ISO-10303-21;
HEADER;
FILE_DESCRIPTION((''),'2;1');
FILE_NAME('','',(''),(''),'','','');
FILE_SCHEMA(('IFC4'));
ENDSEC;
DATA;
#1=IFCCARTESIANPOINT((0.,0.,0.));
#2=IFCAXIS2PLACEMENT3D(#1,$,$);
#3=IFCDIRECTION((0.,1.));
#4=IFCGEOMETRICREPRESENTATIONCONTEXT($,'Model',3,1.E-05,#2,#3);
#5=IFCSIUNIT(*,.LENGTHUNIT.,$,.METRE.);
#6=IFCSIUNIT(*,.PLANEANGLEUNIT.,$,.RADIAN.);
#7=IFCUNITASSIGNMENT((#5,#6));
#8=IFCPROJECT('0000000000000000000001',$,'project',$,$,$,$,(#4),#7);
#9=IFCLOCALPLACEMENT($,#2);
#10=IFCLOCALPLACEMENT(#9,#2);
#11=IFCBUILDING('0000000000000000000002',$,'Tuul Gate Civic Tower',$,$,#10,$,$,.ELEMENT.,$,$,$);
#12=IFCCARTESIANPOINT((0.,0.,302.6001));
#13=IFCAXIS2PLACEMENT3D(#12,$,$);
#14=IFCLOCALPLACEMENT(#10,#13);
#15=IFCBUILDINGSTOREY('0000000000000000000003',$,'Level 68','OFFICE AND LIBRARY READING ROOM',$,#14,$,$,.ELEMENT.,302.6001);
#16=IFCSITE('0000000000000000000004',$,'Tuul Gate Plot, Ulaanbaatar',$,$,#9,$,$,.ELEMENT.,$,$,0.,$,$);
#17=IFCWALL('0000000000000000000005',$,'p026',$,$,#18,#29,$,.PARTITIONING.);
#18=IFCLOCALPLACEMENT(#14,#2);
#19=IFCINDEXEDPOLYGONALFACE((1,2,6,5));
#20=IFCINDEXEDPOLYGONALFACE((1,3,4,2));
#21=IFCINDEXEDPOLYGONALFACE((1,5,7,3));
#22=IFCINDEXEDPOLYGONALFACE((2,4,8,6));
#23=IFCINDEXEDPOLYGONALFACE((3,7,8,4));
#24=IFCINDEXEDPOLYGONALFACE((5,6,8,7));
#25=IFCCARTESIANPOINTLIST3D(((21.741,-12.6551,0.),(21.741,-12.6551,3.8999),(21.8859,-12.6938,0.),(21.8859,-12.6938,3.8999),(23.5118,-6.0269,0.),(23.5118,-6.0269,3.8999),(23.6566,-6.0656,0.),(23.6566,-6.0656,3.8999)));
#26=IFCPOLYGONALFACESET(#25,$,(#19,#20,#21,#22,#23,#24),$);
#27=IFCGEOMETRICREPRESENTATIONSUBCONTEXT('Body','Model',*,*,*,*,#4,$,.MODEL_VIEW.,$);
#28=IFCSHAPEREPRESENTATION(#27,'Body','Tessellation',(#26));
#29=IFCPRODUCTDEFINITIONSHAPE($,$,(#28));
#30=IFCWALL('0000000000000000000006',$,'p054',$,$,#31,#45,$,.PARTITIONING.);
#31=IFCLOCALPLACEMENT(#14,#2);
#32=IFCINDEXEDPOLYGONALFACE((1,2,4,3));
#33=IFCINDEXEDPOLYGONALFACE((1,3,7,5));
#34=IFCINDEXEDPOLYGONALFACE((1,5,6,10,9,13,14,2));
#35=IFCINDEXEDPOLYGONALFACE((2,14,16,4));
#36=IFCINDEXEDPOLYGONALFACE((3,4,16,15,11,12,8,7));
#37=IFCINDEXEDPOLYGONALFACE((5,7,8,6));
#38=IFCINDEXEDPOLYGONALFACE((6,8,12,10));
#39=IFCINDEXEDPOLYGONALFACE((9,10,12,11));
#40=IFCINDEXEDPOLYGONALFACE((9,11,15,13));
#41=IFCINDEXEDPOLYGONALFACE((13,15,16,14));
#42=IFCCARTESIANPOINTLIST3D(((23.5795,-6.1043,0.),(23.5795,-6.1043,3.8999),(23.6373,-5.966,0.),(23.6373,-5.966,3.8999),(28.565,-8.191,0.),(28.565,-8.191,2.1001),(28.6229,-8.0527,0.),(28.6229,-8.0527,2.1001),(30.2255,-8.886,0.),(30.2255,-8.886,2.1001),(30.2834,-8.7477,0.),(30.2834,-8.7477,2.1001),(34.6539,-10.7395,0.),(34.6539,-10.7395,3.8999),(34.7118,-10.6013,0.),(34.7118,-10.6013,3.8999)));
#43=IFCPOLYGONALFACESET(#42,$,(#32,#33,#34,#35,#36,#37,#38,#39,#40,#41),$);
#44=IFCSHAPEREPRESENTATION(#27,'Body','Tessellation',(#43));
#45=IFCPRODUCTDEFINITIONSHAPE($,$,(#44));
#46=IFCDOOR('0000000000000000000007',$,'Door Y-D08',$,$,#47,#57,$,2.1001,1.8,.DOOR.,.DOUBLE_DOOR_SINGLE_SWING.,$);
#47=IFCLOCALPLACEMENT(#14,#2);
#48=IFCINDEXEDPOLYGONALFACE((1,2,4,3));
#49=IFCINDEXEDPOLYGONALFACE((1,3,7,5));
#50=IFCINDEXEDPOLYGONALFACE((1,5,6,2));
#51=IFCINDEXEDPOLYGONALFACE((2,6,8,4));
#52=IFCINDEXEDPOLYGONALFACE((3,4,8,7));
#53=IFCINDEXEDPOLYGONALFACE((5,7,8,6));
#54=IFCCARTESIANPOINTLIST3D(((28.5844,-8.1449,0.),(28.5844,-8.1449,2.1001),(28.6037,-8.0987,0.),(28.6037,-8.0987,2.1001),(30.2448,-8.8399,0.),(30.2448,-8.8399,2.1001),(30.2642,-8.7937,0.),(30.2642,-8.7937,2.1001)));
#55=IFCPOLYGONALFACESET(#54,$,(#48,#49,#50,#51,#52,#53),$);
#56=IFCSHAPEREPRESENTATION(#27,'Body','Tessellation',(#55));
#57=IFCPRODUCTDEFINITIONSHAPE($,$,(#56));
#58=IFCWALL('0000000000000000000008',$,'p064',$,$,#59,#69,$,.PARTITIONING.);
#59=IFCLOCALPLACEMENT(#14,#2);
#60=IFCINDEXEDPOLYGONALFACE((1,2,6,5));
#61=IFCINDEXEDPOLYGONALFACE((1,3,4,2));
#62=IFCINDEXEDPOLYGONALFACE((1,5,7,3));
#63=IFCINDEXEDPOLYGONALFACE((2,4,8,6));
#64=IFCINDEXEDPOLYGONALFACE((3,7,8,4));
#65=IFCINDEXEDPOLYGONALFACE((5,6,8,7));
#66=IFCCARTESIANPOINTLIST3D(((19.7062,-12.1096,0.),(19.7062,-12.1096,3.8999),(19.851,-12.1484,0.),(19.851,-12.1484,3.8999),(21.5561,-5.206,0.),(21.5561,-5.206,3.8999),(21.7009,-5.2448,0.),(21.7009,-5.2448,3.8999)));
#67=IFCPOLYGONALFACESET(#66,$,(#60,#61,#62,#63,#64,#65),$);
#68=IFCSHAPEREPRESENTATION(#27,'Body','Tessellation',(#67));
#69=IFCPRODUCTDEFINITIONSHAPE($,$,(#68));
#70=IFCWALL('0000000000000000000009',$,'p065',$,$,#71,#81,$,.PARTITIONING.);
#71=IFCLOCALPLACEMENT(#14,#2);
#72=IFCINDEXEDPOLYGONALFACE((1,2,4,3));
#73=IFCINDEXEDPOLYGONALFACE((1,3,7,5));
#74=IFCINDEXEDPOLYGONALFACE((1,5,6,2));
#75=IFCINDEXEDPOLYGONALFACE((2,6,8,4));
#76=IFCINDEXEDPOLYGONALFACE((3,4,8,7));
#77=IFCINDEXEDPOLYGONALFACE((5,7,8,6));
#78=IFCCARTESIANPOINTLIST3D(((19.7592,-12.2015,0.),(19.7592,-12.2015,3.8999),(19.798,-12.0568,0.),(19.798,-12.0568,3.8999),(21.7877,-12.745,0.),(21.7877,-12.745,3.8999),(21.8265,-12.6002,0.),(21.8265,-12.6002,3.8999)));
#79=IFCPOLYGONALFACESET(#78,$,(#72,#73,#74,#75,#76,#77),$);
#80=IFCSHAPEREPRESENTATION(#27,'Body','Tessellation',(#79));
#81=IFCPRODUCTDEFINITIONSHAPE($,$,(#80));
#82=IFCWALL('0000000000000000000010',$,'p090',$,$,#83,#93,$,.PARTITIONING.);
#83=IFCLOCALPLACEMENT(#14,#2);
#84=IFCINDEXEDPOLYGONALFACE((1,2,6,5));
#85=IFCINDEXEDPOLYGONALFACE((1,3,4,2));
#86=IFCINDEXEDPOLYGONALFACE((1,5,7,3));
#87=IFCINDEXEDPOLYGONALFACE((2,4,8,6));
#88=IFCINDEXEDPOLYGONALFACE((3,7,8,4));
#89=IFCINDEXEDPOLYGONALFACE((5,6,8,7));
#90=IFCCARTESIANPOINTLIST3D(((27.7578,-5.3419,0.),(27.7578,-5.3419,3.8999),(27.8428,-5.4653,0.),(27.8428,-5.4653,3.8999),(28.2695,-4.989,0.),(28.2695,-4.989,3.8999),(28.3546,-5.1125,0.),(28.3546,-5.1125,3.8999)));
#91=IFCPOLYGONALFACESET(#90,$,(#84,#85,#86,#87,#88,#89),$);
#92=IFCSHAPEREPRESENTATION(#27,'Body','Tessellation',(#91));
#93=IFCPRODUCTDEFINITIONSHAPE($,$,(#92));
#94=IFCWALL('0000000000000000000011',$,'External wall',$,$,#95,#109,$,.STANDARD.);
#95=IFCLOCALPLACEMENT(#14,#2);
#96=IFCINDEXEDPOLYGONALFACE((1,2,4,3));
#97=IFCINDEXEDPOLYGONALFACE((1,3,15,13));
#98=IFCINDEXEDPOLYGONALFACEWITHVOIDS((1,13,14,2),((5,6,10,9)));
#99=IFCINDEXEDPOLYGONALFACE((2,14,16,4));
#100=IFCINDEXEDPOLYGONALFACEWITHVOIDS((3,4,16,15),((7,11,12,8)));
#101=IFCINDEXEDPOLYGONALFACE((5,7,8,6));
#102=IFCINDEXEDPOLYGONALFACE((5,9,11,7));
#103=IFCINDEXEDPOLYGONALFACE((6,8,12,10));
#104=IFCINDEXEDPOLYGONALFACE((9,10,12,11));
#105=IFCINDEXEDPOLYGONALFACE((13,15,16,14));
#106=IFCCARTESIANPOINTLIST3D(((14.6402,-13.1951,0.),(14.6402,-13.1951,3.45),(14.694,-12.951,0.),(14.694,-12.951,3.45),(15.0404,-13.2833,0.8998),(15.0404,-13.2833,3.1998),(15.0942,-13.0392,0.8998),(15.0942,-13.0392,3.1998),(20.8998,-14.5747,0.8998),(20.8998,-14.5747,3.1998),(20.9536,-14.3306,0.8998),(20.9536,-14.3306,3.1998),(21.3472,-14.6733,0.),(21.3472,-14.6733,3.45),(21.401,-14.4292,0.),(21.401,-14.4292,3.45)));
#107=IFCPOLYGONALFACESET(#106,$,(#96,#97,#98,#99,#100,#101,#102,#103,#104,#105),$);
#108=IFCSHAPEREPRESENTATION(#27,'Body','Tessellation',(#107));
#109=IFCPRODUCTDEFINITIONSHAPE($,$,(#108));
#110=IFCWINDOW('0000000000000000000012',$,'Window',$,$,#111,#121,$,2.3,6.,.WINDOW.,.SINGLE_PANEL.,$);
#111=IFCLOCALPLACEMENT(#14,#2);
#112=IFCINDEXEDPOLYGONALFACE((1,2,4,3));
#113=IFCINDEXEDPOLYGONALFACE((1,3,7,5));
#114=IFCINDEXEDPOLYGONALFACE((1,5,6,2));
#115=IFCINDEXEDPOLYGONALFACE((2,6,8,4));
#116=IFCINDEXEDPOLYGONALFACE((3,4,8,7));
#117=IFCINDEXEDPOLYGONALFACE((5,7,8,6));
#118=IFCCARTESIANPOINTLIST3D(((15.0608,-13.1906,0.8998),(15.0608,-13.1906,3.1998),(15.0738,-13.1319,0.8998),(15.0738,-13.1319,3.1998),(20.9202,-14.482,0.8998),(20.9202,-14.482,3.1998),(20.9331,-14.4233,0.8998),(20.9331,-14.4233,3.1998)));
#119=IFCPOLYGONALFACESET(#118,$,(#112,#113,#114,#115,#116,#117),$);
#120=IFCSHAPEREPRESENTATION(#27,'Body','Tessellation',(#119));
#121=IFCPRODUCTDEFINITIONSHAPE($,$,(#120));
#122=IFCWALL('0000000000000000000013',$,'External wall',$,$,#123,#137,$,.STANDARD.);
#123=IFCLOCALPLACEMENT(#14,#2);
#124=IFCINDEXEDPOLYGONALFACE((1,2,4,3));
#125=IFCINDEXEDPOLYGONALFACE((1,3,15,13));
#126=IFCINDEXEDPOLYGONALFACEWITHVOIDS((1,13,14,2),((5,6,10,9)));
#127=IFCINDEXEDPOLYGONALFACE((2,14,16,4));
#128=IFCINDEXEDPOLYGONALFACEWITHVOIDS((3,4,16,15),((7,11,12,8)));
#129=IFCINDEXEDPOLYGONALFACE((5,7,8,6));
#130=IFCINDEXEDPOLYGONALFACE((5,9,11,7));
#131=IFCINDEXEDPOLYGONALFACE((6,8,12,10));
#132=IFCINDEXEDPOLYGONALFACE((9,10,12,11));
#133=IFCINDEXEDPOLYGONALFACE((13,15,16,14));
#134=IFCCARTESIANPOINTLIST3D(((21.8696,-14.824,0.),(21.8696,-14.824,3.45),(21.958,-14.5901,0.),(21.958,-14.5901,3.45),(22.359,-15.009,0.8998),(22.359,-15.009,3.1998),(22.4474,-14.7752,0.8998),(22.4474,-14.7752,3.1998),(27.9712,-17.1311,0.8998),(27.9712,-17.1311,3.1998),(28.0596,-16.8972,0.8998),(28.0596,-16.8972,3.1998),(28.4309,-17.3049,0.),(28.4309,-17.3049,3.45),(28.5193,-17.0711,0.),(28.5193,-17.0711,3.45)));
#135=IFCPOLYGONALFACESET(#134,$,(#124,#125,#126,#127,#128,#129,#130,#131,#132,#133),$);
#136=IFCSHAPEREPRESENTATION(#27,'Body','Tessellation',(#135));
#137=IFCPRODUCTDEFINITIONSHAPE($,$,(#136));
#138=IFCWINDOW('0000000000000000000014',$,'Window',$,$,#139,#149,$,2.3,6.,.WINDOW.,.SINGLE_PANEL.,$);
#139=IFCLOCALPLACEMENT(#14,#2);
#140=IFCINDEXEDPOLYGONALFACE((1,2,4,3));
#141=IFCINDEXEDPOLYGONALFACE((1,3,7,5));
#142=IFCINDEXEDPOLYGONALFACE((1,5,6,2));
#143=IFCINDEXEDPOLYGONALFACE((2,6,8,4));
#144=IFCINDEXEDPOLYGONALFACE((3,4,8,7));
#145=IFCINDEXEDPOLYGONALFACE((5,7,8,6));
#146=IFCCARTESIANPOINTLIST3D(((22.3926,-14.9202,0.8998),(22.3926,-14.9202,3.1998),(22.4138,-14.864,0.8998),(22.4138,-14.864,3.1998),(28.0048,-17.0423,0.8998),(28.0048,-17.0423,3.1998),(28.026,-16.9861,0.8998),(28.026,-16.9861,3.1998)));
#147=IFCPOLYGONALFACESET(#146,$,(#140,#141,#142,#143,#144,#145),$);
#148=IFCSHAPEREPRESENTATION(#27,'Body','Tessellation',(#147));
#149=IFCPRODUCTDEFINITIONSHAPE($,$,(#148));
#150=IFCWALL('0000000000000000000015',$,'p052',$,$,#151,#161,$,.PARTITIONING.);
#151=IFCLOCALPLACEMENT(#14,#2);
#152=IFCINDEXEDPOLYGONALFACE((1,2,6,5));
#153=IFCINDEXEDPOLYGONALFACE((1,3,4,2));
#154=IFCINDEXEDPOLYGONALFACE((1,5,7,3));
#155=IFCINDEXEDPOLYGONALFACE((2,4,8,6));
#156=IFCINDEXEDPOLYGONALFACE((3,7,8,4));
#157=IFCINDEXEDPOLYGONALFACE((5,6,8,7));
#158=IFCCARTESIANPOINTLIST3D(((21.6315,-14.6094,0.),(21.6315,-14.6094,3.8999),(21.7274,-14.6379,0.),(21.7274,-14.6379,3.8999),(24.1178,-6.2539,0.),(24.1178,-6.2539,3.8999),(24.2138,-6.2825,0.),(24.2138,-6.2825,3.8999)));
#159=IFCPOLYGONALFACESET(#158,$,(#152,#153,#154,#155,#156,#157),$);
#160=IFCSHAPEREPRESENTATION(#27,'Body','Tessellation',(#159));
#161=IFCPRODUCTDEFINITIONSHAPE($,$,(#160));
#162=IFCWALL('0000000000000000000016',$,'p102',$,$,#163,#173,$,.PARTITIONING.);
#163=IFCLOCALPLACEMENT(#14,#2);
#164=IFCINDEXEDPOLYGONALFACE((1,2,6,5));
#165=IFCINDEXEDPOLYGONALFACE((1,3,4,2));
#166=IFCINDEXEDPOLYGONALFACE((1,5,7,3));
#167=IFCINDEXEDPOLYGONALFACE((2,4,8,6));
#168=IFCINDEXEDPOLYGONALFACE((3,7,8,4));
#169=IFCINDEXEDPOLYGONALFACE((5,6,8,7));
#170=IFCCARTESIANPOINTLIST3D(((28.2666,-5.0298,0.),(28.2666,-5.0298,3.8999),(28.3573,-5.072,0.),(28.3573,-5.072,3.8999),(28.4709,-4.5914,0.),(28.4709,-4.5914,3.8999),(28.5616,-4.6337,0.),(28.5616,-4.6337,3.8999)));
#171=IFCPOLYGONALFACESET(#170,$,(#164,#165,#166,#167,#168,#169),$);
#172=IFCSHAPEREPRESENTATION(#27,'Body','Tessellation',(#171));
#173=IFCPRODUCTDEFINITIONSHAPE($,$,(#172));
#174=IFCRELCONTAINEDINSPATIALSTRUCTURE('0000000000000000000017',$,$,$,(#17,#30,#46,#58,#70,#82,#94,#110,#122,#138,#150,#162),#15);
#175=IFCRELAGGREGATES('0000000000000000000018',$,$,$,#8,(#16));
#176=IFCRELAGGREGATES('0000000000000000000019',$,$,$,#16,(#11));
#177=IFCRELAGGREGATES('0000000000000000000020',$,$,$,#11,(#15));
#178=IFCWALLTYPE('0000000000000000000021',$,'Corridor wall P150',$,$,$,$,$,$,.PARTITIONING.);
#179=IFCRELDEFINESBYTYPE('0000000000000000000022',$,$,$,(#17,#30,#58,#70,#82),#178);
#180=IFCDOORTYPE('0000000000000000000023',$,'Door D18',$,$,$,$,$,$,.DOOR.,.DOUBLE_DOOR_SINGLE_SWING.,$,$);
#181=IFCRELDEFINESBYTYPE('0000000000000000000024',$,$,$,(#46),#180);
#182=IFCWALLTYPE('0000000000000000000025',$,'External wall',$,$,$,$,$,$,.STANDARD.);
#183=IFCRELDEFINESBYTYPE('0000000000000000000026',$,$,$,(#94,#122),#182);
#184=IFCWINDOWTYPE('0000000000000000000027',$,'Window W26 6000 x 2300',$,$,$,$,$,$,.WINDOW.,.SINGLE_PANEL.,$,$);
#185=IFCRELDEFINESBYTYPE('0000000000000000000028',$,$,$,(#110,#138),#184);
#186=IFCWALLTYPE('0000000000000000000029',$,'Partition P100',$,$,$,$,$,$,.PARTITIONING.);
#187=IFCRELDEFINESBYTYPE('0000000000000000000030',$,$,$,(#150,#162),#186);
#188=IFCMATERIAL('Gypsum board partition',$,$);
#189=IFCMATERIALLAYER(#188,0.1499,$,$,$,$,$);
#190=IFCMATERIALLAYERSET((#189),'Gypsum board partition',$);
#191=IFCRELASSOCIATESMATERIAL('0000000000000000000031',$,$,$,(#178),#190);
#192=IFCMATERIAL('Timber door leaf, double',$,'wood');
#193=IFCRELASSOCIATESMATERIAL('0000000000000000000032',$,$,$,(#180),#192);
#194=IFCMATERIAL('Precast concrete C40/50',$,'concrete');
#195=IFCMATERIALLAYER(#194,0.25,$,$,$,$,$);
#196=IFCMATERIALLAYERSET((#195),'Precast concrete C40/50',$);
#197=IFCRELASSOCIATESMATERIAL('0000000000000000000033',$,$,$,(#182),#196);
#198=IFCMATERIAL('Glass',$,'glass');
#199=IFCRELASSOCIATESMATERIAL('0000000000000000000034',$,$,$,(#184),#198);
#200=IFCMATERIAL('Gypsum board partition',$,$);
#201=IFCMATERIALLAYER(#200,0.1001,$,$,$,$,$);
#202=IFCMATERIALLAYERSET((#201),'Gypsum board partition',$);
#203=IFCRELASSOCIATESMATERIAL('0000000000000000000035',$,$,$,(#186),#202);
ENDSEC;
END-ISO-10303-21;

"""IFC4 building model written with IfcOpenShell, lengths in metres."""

from ifc_helpers import new_model, si_unit, direction, frame, frame_2d, origin, place, context, subcontext, project, spatial, rectangle, extrude, material, layer, layer_set, type_object, element, fill, save


model = new_model("IFC4")

# Units and contexts
model_context = context("Model", 3, precision=1e-05, world=origin(), true_north=direction((0.0, 1.0)))
body_context = subcontext(model_context, "Body", "Model", "MODEL_VIEW")
ifc_project = project(units=[si_unit("LENGTHUNIT", "METRE"), si_unit("PLANEANGLEUNIT", "RADIAN")], contexts=[model_context])

# Site, building, storey
site_placement = place(None, origin())
site = spatial("IfcSite", under=ifc_project, at=site_placement, Name="Tuul Gate Plot, Ulaanbaatar", CompositionType="ELEMENT", RefElevation=0.0)
building_placement = place(site_placement, origin())
building = spatial("IfcBuilding", under=site, at=building_placement, Name="Tuul Gate Civic Tower", CompositionType="ELEMENT")
storey_placement = place(building_placement, frame((0.0, 0.0, 302.6001)))
storey = spatial("IfcBuildingStorey", under=building, at=storey_placement, Name="Level 68", Description="OFFICE AND LIBRARY READING ROOM", CompositionType="ELEMENT", Elevation=302.6001)

# Shared definitions
ifc_material_1 = material(Name="Gypsum board partition")
ifc_layer_1 = layer(ifc_material_1, 0.1499)
ifc_layer_set_1 = layer_set([ifc_layer_1], Name="Gypsum board partition")
wall_type_1 = type_object("IfcWallType", Name="Corridor wall P150", PredefinedType="PARTITIONING", material=ifc_layer_set_1)

# Wall
wall_1_placement = place(storey_placement, frame((21.8135, -12.6743, 0.0), z_axis=(0.0, 0.0, 1.0), x_axis=(0.258103, 0.966117, 0.0)))
element("IfcWall", 1, at=wall_1_placement, inside=storey, type_object=wall_type_1, Name="p026", PredefinedType="PARTITIONING", context=body_context, shape_type="SweptSolid", body=[
    extrude(rectangle(XDim=6.8606, YDim=0.1499, at=frame_2d((3.4302, 0.0))), origin(), (0.0, 0.0, 1.0), 3.8999),
])

# Wall, opening, door
wall_2_placement = place(storey_placement, frame((23.6084, -6.0352, 0.0), z_axis=(0.0, 0.0, 1.0), x_axis=(0.922458, -0.386098, 0.0)))
wall_2 = element("IfcWall", 2, at=wall_2_placement, inside=storey, type_object=wall_type_1, Name="p054", PredefinedType="PARTITIONING", context=body_context, shape_type="SweptSolid", body=[
    extrude(rectangle(XDim=12.0054, YDim=0.1499, at=frame_2d((6.0027, 0.0))), origin(), (0.0, 0.0, 1.0), 3.8999),
])
opening_1_placement = place(wall_2_placement, frame((5.4048, 0.0, 0.0)))
opening_1 = element("IfcOpeningElement", 3, at=opening_1_placement, cuts=wall_2, PredefinedType="OPENING", context=body_context, shape_type="SweptSolid", body=[
    extrude(rectangle(XDim=1.8, YDim=2.1001, at=frame_2d((0.8999, 1.05))), frame((0.0, 0.085, 0.0), z_axis=(0.0, -1.0, 0.0), x_axis=(1.0, 0.0, 0.0)), (0.0, 0.0, 1.0), 0.1699),
])
ifc_material_2 = material(Name="Timber door leaf, double", Category="wood")
door_type_1 = type_object("IfcDoorType", Name="Door D18", OperationType="DOUBLE_DOOR_SINGLE_SWING", PredefinedType="DOOR", material=ifc_material_2)
door_1_placement = place(opening_1_placement, frame((1.8, 0.0, 0.0), z_axis=(0.0, 0.0, 1.0), x_axis=(-1.0, 0.0, 0.0)))
door_1 = element("IfcDoor", 4, at=door_1_placement, inside=storey, type_object=door_type_1, Name="Door Y-D08", OperationType="DOUBLE_DOOR_SINGLE_SWING", OverallHeight=2.1001, OverallWidth=1.8, PredefinedType="DOOR", context=body_context, shape_type="SweptSolid", body=[
    extrude(rectangle(XDim=1.8, YDim=2.1001, at=frame_2d((0.9001, 1.05))), frame((0.0, 0.0249, 0.0), z_axis=(0.0, -1.0, 0.0), x_axis=(1.0, 0.0, 0.0)), (0.0, 0.0, 1.0), 0.05),
])
fill(opening_1, door_1)

# Walls
wall_3_placement = place(storey_placement, frame((19.7786, -12.1292, 0.0), z_axis=(0.0, 0.0, 1.0), x_axis=(0.258825, 0.965924, 0.0)))
element("IfcWall", 5, at=wall_3_placement, inside=storey, type_object=wall_type_1, Name="p064", PredefinedType="PARTITIONING", context=body_context, shape_type="SweptSolid", body=[
    extrude(rectangle(XDim=7.1472, YDim=0.1499, at=frame_2d((3.5737, 0.0))), origin(), (0.0, 0.0, 1.0), 3.8999),
])
wall_4_placement = place(storey_placement, frame((19.7786, -12.1292, 0.0), z_axis=(0.0, 0.0, 1.0), x_axis=(0.965937, -0.258777, 0.0)))
element("IfcWall", 6, at=wall_4_placement, inside=storey, type_object=wall_type_1, Name="p065", PredefinedType="PARTITIONING", context=body_context, shape_type="SweptSolid", body=[
    extrude(rectangle(XDim=2.1001, YDim=0.1499, at=frame_2d((1.05, 0.0))), origin(), (0.0, 0.0, 1.0), 3.8999),
])
wall_5_placement = place(storey_placement, frame((27.8003, -5.4036, 0.0), z_axis=(0.0, 0.0, 1.0), x_axis=(0.823308, 0.567595, 0.0)))
element("IfcWall", 7, at=wall_5_placement, inside=storey, type_object=wall_type_1, Name="p090", PredefinedType="PARTITIONING", context=body_context, shape_type="SweptSolid", body=[
    extrude(rectangle(XDim=0.6216, YDim=0.1499, at=frame_2d((0.3108, 0.0))), origin(), (0.0, 0.0, 1.0), 3.8999),
])

# Walls, openings, windows
ifc_material_3 = material(Name="Precast concrete C40/50", Category="concrete")
ifc_layer_2 = layer(ifc_material_3, 0.25)
ifc_layer_set_2 = layer_set([ifc_layer_2], Name="Precast concrete C40/50")
wall_type_2 = type_object("IfcWallType", Name="External wall", PredefinedType="STANDARD", material=ifc_layer_set_2)
wall_6_placement = place(storey_placement, frame((14.667, -13.073, 0.0), z_axis=(0.0, 0.0, 1.0), x_axis=(0.976561, -0.21524, 0.0)))
wall_6 = element("IfcWall", 8, at=wall_6_placement, inside=storey, type_object=wall_type_2, Name="External wall", PredefinedType="STANDARD", context=body_context, shape_type="SweptSolid", body=[
    extrude(rectangle(XDim=6.8679, YDim=0.25, at=frame_2d((3.4341, 0.0))), origin(), (0.0, 0.0, 1.0), 3.45),
])
opening_2_placement = place(wall_6_placement, frame((0.4099, 0.0, 0.8999)))
opening_2 = element("IfcOpeningElement", 9, at=opening_2_placement, cuts=wall_6, PredefinedType="OPENING", context=body_context, shape_type="SweptSolid", body=[
    extrude(rectangle(XDim=6.0, YDim=2.3, at=frame_2d((3.0, 1.1499))), frame((0.0, 0.135, 0.0), z_axis=(0.0, -1.0, 0.0), x_axis=(1.0, 0.0, 0.0)), (0.0, 0.0, 1.0), 0.27),
])
ifc_material_4 = material(Name="Glass", Category="glass")
window_type = type_object("IfcWindowType", Name="Window W26 6000 x 2300", PartitioningType="SINGLE_PANEL", PredefinedType="WINDOW", material=ifc_material_4)
window_1_placement = place(opening_2_placement, origin())
window_1 = element("IfcWindow", 10, at=window_1_placement, inside=storey, type_object=window_type, Name="Window", OverallHeight=2.3, OverallWidth=6.0, PartitioningType="SINGLE_PANEL", PredefinedType="WINDOW", context=body_context, shape_type="SweptSolid", body=[
    extrude(rectangle(XDim=6.0, YDim=2.3, at=frame_2d((3.0, 1.1499))), frame((0.0, 0.03, 0.0), z_axis=(0.0, -1.0, 0.0), x_axis=(1.0, 0.0, 0.0)), (0.0, 0.0, 1.0), 0.0601),
])
fill(opening_2, window_1)
wall_7_placement = place(storey_placement, frame((21.9138, -14.707, 0.0), z_axis=(0.0, 0.0, 1.0), x_axis=(0.935366, -0.353681, 0.0)))
wall_7 = element("IfcWall", 11, at=wall_7_placement, inside=storey, type_object=wall_type_2, Name="External wall", PredefinedType="STANDARD", context=body_context, shape_type="SweptSolid", body=[
    extrude(rectangle(XDim=7.0146, YDim=0.25, at=frame_2d((3.5073, 0.0))), origin(), (0.0, 0.0, 1.0), 3.45),
])
opening_3_placement = place(wall_7_placement, frame((0.5232, 0.0, 0.8999)))
opening_3 = element("IfcOpeningElement", 12, at=opening_3_placement, cuts=wall_7, PredefinedType="OPENING", context=body_context, shape_type="SweptSolid", body=[
    extrude(rectangle(XDim=6.0, YDim=2.3, at=frame_2d((3.0, 1.1499))), frame((0.0, 0.135, 0.0), z_axis=(0.0, -1.0, 0.0), x_axis=(1.0, 0.0, 0.0)), (0.0, 0.0, 1.0), 0.27),
])
window_2_placement = place(opening_3_placement, origin())
window_2 = element("IfcWindow", 13, at=window_2_placement, inside=storey, type_object=window_type, Name="Window", OverallHeight=2.3, OverallWidth=6.0, PartitioningType="SINGLE_PANEL", PredefinedType="WINDOW", context=body_context, shape_type="SweptSolid", body=[
    extrude(rectangle(XDim=6.0, YDim=2.3, at=frame_2d((3.0, 1.1499))), frame((0.0, 0.03, 0.0), z_axis=(0.0, -1.0, 0.0), x_axis=(1.0, 0.0, 0.0)), (0.0, 0.0, 1.0), 0.0601),
])
fill(opening_3, window_2)

# Walls
ifc_material_5 = material(Name="Gypsum board partition")
ifc_layer_3 = layer(ifc_material_5, 0.1001)
ifc_layer_set_3 = layer_set([ifc_layer_3], Name="Gypsum board partition")
wall_type_3 = type_object("IfcWallType", Name="Partition P100", PredefinedType="PARTITIONING", material=ifc_layer_set_3)
wall_8_placement = place(storey_placement, frame((21.6794, -14.6238, 0.0), z_axis=(0.0, 0.0, 1.0), x_axis=(0.285209, 0.958465, 0.0)))
element("IfcWall", 14, at=wall_8_placement, inside=storey, type_object=wall_type_3, Name="p052", PredefinedType="PARTITIONING", context=body_context, shape_type="SweptSolid", body=[
    extrude(rectangle(XDim=8.7175, YDim=0.1001, at=frame_2d((4.3589, 0.0))), origin(), (0.0, 0.0, 1.0), 3.8999),
])
wall_9_placement = place(storey_placement, frame((28.312, -5.0508, 0.0), z_axis=(0.0, 0.0, 1.0), x_axis=(0.422416, 0.906402, 0.0)))
element("IfcWall", 15, at=wall_9_placement, inside=storey, type_object=wall_type_3, Name="p102", PredefinedType="PARTITIONING", context=body_context, shape_type="SweptSolid", body=[
    extrude(rectangle(XDim=0.4836, YDim=0.1001, at=frame_2d((0.2417, 0.0))), origin(), (0.0, 0.0, 1.0), 3.8999),
])

save(model, "model.ifc")
